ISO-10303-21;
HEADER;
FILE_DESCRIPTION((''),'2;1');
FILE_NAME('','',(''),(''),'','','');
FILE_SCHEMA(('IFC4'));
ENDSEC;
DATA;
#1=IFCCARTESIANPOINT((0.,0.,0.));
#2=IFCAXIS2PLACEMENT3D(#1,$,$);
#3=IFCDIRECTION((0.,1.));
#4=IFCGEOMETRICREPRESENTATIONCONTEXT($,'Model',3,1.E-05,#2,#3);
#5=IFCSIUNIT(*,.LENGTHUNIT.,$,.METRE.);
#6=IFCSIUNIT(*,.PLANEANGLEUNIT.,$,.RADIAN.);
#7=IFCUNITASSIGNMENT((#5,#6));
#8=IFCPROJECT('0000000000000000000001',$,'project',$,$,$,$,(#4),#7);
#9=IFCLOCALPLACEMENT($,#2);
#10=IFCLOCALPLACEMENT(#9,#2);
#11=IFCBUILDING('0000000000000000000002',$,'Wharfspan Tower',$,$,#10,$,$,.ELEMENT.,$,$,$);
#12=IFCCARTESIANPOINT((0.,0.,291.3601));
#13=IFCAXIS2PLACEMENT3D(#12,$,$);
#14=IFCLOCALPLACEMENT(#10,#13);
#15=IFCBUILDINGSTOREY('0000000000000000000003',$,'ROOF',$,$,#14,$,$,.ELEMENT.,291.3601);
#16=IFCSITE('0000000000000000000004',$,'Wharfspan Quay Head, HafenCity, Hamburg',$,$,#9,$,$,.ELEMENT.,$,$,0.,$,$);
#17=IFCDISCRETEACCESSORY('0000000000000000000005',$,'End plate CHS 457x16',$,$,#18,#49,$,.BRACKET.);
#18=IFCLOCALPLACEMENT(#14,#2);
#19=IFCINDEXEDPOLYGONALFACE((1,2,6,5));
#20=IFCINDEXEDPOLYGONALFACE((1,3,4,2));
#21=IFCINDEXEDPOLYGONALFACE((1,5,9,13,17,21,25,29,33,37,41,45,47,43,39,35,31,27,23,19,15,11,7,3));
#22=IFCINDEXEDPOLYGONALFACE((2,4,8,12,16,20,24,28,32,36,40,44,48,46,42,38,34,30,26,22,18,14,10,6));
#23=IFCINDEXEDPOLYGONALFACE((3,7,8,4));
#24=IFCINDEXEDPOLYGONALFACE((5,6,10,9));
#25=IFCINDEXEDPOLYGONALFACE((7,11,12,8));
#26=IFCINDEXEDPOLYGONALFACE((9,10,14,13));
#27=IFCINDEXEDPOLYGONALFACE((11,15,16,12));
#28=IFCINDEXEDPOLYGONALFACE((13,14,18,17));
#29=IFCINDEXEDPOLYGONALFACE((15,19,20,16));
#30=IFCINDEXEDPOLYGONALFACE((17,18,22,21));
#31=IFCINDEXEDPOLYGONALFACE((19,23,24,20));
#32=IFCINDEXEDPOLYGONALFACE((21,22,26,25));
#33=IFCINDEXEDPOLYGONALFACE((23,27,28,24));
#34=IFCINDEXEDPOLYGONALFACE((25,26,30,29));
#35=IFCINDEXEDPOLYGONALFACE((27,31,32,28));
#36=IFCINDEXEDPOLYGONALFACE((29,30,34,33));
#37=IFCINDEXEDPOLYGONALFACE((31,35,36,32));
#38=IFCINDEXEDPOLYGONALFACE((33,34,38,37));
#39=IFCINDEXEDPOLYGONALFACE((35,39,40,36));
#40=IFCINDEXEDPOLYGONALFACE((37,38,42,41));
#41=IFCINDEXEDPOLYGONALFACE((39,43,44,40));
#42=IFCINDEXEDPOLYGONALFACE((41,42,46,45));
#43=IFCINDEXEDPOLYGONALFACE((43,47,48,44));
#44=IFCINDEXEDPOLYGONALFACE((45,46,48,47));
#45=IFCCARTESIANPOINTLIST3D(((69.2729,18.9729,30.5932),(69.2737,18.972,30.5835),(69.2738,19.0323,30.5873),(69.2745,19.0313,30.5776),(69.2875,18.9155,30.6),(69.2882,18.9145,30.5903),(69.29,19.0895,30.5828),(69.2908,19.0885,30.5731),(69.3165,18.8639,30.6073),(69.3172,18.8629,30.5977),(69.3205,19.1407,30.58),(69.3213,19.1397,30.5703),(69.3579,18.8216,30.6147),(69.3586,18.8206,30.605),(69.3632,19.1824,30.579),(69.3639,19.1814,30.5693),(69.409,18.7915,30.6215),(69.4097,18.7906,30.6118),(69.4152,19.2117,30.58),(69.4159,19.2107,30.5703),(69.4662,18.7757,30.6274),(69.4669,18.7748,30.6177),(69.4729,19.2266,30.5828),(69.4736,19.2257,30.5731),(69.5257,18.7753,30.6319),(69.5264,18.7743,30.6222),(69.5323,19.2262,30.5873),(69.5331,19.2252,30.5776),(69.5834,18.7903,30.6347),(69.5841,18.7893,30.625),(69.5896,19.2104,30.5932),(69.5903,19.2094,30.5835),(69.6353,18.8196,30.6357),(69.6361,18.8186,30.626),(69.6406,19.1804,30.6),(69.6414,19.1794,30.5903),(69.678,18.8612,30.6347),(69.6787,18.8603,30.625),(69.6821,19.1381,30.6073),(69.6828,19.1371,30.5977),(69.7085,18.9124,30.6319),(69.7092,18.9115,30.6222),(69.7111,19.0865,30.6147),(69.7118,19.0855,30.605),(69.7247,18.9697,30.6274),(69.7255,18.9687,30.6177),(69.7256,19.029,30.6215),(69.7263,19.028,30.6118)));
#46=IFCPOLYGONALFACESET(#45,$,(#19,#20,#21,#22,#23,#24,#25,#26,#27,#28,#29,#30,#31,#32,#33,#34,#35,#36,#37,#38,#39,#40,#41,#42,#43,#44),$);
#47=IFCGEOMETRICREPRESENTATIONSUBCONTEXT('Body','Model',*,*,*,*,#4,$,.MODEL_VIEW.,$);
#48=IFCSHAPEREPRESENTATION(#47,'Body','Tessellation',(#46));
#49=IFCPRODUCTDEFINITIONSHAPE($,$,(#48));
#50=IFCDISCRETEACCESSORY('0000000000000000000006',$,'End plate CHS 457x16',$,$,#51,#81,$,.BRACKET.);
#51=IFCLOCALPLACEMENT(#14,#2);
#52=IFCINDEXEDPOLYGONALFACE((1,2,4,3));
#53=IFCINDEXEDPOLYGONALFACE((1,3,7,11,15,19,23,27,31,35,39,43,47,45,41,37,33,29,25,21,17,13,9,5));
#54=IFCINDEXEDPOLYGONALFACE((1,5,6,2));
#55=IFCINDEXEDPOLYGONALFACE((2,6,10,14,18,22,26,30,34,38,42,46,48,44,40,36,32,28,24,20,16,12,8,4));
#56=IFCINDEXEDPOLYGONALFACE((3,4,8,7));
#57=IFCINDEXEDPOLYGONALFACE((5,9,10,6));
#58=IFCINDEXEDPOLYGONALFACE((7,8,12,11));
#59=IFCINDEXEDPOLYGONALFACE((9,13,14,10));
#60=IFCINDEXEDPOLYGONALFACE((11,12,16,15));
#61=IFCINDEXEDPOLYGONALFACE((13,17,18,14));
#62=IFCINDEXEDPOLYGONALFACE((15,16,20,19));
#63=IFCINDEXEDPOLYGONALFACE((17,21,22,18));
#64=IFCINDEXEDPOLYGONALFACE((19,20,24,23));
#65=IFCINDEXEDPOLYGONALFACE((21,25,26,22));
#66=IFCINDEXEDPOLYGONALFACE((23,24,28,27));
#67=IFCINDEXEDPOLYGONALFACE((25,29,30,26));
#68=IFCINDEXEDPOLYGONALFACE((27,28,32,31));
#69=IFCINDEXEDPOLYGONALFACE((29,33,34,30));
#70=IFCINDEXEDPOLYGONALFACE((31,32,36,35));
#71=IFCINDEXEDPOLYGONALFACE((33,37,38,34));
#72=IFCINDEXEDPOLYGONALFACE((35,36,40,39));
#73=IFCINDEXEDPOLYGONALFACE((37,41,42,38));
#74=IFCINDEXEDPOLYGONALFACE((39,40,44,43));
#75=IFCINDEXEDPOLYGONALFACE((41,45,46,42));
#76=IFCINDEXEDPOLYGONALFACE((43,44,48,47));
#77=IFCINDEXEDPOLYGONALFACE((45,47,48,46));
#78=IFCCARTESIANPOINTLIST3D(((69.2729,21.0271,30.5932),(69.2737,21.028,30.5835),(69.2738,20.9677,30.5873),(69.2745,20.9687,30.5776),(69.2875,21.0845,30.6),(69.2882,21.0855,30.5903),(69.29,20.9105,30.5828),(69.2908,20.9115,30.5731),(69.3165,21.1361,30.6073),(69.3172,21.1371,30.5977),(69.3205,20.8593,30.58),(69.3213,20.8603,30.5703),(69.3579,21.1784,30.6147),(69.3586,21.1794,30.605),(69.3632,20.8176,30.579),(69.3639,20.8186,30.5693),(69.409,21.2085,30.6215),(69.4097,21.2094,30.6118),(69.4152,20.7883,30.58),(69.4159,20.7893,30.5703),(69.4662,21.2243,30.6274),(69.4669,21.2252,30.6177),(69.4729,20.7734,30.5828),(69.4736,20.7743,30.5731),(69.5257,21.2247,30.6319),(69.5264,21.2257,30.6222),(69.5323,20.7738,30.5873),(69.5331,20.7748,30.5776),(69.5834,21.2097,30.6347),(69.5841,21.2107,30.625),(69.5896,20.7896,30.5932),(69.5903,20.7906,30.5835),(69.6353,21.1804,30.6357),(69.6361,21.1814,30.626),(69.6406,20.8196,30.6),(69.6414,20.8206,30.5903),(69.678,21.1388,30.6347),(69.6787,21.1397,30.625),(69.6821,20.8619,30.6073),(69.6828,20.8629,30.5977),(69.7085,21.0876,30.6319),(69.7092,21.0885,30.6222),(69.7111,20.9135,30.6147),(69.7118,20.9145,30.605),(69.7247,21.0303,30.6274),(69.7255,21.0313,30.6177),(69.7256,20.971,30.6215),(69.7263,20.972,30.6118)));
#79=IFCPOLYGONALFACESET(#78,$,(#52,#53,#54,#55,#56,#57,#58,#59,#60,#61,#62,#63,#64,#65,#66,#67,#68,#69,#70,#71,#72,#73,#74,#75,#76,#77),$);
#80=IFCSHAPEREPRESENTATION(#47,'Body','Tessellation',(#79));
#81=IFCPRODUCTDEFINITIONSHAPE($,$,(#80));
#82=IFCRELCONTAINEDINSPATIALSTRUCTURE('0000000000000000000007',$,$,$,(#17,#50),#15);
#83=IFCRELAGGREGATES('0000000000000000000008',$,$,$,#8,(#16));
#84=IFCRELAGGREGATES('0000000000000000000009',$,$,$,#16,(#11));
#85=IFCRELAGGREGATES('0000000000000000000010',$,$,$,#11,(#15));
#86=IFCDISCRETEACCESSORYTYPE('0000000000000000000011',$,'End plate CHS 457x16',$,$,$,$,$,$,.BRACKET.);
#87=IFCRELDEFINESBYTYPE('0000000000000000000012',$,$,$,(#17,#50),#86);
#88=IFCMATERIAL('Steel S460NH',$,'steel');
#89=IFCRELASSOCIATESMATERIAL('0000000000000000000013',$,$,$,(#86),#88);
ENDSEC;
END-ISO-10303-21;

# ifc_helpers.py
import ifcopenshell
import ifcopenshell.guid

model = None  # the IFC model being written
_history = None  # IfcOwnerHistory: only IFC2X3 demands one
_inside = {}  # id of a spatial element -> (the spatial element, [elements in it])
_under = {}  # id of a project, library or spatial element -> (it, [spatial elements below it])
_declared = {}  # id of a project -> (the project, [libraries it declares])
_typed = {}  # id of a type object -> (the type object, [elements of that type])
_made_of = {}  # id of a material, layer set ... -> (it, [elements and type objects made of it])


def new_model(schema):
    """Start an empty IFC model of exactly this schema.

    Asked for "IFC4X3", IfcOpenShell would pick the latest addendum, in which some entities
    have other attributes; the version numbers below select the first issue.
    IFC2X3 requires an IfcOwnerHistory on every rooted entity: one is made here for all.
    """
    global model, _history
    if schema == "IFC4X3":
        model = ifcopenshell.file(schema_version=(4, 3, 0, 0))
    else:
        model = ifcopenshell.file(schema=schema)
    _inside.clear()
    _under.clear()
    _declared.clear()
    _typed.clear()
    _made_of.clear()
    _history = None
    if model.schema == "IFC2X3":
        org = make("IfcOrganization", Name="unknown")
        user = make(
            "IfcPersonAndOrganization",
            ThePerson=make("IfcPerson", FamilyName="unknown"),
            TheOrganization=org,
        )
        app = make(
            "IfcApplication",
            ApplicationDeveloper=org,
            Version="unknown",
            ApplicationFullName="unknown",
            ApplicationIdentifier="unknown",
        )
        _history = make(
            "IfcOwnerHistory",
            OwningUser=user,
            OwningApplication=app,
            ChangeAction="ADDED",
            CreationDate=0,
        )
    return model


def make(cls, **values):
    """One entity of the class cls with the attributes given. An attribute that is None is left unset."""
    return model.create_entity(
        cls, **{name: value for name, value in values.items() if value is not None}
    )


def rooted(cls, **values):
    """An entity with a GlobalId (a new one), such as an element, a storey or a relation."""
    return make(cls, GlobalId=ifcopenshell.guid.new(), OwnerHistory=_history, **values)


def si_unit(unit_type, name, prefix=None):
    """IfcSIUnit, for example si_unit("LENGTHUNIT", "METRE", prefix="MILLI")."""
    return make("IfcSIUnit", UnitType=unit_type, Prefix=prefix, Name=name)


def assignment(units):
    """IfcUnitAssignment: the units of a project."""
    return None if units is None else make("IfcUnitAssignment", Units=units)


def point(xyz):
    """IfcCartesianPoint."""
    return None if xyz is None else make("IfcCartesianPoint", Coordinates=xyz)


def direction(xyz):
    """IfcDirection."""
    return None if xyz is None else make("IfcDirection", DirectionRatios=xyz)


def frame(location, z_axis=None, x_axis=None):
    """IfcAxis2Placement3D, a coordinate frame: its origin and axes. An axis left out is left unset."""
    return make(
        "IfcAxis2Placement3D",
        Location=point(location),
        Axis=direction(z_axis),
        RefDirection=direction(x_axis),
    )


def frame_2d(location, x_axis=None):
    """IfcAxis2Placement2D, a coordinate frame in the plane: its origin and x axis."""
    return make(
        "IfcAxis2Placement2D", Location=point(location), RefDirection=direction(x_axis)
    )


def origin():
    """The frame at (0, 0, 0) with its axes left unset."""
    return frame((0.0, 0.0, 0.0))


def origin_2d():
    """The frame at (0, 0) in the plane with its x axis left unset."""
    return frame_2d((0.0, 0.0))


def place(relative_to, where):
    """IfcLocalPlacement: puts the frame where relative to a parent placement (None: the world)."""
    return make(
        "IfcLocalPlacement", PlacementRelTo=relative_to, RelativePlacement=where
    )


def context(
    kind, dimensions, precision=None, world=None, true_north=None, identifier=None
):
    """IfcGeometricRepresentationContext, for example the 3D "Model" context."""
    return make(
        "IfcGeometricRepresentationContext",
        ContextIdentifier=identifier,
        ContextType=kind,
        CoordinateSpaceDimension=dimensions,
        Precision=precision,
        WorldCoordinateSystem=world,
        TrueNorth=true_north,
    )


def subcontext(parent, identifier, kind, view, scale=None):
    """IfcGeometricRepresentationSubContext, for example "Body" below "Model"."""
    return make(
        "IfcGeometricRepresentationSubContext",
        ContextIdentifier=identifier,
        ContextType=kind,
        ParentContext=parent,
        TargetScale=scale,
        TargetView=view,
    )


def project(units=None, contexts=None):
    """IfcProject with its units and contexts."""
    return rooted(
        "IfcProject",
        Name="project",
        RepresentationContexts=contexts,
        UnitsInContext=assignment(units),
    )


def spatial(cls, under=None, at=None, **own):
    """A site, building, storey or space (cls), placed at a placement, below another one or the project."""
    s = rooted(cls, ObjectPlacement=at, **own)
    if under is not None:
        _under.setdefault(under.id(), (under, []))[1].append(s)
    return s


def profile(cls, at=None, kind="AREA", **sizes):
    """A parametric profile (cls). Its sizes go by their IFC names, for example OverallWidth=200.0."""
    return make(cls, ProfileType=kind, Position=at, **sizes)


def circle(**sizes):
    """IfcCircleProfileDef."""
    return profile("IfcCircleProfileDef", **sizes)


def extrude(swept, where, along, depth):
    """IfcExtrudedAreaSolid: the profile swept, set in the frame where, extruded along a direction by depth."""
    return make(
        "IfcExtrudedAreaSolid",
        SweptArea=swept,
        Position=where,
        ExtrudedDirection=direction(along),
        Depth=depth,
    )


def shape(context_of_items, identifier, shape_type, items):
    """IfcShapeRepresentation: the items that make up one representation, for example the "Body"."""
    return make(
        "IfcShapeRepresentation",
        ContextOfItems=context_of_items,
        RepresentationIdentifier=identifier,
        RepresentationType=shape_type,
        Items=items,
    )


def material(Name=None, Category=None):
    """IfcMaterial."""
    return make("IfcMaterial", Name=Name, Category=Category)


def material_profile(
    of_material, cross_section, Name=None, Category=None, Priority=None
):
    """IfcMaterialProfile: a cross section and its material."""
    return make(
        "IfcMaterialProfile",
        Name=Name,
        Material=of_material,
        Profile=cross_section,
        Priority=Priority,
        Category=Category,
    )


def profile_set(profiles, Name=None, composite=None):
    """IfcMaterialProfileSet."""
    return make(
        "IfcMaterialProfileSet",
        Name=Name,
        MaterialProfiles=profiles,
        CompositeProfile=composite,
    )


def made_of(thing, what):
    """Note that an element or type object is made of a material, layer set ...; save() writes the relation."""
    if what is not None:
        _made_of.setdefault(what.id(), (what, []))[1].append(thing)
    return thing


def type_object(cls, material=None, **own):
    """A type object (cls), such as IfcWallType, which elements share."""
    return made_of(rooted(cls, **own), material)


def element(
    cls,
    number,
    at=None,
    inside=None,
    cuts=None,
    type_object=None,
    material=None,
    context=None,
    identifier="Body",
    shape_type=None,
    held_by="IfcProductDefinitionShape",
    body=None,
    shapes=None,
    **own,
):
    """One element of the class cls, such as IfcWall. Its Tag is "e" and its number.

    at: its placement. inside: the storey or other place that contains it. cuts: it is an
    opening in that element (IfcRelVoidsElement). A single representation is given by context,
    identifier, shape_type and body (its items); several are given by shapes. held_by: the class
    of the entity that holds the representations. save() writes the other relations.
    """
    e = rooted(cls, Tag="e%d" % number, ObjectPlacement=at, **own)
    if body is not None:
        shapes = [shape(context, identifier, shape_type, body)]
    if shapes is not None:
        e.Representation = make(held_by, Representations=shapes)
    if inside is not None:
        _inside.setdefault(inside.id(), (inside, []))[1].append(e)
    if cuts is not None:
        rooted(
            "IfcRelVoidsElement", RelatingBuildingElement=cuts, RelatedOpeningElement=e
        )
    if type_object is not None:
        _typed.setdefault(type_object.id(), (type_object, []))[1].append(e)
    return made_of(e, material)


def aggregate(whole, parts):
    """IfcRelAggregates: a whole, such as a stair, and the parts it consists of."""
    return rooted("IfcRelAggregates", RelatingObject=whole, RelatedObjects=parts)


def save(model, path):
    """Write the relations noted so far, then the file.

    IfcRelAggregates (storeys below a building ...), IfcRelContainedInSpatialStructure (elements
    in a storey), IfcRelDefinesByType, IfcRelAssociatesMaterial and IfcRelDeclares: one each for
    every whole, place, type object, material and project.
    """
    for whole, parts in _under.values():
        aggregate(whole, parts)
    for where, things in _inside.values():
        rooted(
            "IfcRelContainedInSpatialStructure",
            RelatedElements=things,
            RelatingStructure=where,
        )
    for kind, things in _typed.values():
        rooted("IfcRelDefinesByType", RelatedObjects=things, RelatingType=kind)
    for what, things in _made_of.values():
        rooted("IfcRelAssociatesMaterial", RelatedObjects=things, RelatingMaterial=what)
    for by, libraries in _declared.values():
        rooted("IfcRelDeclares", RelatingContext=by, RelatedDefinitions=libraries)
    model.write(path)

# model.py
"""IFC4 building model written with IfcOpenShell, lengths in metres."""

from ifc_helpers import new_model, si_unit, direction, frame, origin, origin_2d, place, context, subcontext, project, spatial, circle, extrude, material, material_profile, profile_set, type_object, element, save


model = new_model("IFC4")

# Units and contexts
model_context = context("Model", 3, precision=1e-05, world=origin(), true_north=direction((0.0, 1.0)))
body_context = subcontext(model_context, "Body", "Model", "MODEL_VIEW")
ifc_project = project(units=[si_unit("LENGTHUNIT", "METRE"), si_unit("PLANEANGLEUNIT", "RADIAN")], contexts=[model_context])

# Site, building, storey
site_placement = place(None, origin())
site = spatial("IfcSite", under=ifc_project, at=site_placement, Name="Wharfspan Quay Head, HafenCity, Hamburg", CompositionType="ELEMENT", RefElevation=0.0)
building_placement = place(site_placement, origin())
building = spatial("IfcBuilding", under=site, at=building_placement, Name="Wharfspan Tower", CompositionType="ELEMENT")
storey_placement = place(building_placement, frame((0.0, 0.0, 291.3601)))
storey = spatial("IfcBuildingStorey", under=building, at=storey_placement, Name="ROOF", CompositionType="ELEMENT", Elevation=291.3601)

# Shared definitions
ifc_material = material(Name="Steel S460NH", Category="steel")

# Discrete accessories
ifc_material_profile_1 = material_profile(ifc_material, circle(Radius=0.2285, at=origin_2d()))
ifc_profile_set_1 = profile_set([ifc_material_profile_1], Name="Steel S460NH")
discrete_accessory_type_1 = type_object("IfcDiscreteAccessoryType", Name="End plate CHS 457x16", PredefinedType="BRACKET", material=ifc_profile_set_1)
for number, where, z_axis, x_axis, name in (
    (1, (69.5, 19.0, 30.5977), (-0.074421, 0.099228, 0.992278), (-0.8, -0.6, 0.0), "End plate CHS 457x16"),
    (2, (69.5, 21.0, 30.5977), (-0.074421, -0.099228, 0.992278), (0.8, -0.6, 0.0), "End plate CHS 457x16"),
):
    element("IfcDiscreteAccessory", number, at=place(storey_placement, frame(where, z_axis=z_axis, x_axis=x_axis)), inside=storey, type_object=discrete_accessory_type_1, Name=name, PredefinedType="BRACKET", context=body_context, shape_type="SweptSolid", body=[
        extrude(circle(Radius=0.2285, at=origin_2d()), origin(), (0.0, 0.0, 1.0), 0.0098),
    ])

save(model, "model.ifc")
